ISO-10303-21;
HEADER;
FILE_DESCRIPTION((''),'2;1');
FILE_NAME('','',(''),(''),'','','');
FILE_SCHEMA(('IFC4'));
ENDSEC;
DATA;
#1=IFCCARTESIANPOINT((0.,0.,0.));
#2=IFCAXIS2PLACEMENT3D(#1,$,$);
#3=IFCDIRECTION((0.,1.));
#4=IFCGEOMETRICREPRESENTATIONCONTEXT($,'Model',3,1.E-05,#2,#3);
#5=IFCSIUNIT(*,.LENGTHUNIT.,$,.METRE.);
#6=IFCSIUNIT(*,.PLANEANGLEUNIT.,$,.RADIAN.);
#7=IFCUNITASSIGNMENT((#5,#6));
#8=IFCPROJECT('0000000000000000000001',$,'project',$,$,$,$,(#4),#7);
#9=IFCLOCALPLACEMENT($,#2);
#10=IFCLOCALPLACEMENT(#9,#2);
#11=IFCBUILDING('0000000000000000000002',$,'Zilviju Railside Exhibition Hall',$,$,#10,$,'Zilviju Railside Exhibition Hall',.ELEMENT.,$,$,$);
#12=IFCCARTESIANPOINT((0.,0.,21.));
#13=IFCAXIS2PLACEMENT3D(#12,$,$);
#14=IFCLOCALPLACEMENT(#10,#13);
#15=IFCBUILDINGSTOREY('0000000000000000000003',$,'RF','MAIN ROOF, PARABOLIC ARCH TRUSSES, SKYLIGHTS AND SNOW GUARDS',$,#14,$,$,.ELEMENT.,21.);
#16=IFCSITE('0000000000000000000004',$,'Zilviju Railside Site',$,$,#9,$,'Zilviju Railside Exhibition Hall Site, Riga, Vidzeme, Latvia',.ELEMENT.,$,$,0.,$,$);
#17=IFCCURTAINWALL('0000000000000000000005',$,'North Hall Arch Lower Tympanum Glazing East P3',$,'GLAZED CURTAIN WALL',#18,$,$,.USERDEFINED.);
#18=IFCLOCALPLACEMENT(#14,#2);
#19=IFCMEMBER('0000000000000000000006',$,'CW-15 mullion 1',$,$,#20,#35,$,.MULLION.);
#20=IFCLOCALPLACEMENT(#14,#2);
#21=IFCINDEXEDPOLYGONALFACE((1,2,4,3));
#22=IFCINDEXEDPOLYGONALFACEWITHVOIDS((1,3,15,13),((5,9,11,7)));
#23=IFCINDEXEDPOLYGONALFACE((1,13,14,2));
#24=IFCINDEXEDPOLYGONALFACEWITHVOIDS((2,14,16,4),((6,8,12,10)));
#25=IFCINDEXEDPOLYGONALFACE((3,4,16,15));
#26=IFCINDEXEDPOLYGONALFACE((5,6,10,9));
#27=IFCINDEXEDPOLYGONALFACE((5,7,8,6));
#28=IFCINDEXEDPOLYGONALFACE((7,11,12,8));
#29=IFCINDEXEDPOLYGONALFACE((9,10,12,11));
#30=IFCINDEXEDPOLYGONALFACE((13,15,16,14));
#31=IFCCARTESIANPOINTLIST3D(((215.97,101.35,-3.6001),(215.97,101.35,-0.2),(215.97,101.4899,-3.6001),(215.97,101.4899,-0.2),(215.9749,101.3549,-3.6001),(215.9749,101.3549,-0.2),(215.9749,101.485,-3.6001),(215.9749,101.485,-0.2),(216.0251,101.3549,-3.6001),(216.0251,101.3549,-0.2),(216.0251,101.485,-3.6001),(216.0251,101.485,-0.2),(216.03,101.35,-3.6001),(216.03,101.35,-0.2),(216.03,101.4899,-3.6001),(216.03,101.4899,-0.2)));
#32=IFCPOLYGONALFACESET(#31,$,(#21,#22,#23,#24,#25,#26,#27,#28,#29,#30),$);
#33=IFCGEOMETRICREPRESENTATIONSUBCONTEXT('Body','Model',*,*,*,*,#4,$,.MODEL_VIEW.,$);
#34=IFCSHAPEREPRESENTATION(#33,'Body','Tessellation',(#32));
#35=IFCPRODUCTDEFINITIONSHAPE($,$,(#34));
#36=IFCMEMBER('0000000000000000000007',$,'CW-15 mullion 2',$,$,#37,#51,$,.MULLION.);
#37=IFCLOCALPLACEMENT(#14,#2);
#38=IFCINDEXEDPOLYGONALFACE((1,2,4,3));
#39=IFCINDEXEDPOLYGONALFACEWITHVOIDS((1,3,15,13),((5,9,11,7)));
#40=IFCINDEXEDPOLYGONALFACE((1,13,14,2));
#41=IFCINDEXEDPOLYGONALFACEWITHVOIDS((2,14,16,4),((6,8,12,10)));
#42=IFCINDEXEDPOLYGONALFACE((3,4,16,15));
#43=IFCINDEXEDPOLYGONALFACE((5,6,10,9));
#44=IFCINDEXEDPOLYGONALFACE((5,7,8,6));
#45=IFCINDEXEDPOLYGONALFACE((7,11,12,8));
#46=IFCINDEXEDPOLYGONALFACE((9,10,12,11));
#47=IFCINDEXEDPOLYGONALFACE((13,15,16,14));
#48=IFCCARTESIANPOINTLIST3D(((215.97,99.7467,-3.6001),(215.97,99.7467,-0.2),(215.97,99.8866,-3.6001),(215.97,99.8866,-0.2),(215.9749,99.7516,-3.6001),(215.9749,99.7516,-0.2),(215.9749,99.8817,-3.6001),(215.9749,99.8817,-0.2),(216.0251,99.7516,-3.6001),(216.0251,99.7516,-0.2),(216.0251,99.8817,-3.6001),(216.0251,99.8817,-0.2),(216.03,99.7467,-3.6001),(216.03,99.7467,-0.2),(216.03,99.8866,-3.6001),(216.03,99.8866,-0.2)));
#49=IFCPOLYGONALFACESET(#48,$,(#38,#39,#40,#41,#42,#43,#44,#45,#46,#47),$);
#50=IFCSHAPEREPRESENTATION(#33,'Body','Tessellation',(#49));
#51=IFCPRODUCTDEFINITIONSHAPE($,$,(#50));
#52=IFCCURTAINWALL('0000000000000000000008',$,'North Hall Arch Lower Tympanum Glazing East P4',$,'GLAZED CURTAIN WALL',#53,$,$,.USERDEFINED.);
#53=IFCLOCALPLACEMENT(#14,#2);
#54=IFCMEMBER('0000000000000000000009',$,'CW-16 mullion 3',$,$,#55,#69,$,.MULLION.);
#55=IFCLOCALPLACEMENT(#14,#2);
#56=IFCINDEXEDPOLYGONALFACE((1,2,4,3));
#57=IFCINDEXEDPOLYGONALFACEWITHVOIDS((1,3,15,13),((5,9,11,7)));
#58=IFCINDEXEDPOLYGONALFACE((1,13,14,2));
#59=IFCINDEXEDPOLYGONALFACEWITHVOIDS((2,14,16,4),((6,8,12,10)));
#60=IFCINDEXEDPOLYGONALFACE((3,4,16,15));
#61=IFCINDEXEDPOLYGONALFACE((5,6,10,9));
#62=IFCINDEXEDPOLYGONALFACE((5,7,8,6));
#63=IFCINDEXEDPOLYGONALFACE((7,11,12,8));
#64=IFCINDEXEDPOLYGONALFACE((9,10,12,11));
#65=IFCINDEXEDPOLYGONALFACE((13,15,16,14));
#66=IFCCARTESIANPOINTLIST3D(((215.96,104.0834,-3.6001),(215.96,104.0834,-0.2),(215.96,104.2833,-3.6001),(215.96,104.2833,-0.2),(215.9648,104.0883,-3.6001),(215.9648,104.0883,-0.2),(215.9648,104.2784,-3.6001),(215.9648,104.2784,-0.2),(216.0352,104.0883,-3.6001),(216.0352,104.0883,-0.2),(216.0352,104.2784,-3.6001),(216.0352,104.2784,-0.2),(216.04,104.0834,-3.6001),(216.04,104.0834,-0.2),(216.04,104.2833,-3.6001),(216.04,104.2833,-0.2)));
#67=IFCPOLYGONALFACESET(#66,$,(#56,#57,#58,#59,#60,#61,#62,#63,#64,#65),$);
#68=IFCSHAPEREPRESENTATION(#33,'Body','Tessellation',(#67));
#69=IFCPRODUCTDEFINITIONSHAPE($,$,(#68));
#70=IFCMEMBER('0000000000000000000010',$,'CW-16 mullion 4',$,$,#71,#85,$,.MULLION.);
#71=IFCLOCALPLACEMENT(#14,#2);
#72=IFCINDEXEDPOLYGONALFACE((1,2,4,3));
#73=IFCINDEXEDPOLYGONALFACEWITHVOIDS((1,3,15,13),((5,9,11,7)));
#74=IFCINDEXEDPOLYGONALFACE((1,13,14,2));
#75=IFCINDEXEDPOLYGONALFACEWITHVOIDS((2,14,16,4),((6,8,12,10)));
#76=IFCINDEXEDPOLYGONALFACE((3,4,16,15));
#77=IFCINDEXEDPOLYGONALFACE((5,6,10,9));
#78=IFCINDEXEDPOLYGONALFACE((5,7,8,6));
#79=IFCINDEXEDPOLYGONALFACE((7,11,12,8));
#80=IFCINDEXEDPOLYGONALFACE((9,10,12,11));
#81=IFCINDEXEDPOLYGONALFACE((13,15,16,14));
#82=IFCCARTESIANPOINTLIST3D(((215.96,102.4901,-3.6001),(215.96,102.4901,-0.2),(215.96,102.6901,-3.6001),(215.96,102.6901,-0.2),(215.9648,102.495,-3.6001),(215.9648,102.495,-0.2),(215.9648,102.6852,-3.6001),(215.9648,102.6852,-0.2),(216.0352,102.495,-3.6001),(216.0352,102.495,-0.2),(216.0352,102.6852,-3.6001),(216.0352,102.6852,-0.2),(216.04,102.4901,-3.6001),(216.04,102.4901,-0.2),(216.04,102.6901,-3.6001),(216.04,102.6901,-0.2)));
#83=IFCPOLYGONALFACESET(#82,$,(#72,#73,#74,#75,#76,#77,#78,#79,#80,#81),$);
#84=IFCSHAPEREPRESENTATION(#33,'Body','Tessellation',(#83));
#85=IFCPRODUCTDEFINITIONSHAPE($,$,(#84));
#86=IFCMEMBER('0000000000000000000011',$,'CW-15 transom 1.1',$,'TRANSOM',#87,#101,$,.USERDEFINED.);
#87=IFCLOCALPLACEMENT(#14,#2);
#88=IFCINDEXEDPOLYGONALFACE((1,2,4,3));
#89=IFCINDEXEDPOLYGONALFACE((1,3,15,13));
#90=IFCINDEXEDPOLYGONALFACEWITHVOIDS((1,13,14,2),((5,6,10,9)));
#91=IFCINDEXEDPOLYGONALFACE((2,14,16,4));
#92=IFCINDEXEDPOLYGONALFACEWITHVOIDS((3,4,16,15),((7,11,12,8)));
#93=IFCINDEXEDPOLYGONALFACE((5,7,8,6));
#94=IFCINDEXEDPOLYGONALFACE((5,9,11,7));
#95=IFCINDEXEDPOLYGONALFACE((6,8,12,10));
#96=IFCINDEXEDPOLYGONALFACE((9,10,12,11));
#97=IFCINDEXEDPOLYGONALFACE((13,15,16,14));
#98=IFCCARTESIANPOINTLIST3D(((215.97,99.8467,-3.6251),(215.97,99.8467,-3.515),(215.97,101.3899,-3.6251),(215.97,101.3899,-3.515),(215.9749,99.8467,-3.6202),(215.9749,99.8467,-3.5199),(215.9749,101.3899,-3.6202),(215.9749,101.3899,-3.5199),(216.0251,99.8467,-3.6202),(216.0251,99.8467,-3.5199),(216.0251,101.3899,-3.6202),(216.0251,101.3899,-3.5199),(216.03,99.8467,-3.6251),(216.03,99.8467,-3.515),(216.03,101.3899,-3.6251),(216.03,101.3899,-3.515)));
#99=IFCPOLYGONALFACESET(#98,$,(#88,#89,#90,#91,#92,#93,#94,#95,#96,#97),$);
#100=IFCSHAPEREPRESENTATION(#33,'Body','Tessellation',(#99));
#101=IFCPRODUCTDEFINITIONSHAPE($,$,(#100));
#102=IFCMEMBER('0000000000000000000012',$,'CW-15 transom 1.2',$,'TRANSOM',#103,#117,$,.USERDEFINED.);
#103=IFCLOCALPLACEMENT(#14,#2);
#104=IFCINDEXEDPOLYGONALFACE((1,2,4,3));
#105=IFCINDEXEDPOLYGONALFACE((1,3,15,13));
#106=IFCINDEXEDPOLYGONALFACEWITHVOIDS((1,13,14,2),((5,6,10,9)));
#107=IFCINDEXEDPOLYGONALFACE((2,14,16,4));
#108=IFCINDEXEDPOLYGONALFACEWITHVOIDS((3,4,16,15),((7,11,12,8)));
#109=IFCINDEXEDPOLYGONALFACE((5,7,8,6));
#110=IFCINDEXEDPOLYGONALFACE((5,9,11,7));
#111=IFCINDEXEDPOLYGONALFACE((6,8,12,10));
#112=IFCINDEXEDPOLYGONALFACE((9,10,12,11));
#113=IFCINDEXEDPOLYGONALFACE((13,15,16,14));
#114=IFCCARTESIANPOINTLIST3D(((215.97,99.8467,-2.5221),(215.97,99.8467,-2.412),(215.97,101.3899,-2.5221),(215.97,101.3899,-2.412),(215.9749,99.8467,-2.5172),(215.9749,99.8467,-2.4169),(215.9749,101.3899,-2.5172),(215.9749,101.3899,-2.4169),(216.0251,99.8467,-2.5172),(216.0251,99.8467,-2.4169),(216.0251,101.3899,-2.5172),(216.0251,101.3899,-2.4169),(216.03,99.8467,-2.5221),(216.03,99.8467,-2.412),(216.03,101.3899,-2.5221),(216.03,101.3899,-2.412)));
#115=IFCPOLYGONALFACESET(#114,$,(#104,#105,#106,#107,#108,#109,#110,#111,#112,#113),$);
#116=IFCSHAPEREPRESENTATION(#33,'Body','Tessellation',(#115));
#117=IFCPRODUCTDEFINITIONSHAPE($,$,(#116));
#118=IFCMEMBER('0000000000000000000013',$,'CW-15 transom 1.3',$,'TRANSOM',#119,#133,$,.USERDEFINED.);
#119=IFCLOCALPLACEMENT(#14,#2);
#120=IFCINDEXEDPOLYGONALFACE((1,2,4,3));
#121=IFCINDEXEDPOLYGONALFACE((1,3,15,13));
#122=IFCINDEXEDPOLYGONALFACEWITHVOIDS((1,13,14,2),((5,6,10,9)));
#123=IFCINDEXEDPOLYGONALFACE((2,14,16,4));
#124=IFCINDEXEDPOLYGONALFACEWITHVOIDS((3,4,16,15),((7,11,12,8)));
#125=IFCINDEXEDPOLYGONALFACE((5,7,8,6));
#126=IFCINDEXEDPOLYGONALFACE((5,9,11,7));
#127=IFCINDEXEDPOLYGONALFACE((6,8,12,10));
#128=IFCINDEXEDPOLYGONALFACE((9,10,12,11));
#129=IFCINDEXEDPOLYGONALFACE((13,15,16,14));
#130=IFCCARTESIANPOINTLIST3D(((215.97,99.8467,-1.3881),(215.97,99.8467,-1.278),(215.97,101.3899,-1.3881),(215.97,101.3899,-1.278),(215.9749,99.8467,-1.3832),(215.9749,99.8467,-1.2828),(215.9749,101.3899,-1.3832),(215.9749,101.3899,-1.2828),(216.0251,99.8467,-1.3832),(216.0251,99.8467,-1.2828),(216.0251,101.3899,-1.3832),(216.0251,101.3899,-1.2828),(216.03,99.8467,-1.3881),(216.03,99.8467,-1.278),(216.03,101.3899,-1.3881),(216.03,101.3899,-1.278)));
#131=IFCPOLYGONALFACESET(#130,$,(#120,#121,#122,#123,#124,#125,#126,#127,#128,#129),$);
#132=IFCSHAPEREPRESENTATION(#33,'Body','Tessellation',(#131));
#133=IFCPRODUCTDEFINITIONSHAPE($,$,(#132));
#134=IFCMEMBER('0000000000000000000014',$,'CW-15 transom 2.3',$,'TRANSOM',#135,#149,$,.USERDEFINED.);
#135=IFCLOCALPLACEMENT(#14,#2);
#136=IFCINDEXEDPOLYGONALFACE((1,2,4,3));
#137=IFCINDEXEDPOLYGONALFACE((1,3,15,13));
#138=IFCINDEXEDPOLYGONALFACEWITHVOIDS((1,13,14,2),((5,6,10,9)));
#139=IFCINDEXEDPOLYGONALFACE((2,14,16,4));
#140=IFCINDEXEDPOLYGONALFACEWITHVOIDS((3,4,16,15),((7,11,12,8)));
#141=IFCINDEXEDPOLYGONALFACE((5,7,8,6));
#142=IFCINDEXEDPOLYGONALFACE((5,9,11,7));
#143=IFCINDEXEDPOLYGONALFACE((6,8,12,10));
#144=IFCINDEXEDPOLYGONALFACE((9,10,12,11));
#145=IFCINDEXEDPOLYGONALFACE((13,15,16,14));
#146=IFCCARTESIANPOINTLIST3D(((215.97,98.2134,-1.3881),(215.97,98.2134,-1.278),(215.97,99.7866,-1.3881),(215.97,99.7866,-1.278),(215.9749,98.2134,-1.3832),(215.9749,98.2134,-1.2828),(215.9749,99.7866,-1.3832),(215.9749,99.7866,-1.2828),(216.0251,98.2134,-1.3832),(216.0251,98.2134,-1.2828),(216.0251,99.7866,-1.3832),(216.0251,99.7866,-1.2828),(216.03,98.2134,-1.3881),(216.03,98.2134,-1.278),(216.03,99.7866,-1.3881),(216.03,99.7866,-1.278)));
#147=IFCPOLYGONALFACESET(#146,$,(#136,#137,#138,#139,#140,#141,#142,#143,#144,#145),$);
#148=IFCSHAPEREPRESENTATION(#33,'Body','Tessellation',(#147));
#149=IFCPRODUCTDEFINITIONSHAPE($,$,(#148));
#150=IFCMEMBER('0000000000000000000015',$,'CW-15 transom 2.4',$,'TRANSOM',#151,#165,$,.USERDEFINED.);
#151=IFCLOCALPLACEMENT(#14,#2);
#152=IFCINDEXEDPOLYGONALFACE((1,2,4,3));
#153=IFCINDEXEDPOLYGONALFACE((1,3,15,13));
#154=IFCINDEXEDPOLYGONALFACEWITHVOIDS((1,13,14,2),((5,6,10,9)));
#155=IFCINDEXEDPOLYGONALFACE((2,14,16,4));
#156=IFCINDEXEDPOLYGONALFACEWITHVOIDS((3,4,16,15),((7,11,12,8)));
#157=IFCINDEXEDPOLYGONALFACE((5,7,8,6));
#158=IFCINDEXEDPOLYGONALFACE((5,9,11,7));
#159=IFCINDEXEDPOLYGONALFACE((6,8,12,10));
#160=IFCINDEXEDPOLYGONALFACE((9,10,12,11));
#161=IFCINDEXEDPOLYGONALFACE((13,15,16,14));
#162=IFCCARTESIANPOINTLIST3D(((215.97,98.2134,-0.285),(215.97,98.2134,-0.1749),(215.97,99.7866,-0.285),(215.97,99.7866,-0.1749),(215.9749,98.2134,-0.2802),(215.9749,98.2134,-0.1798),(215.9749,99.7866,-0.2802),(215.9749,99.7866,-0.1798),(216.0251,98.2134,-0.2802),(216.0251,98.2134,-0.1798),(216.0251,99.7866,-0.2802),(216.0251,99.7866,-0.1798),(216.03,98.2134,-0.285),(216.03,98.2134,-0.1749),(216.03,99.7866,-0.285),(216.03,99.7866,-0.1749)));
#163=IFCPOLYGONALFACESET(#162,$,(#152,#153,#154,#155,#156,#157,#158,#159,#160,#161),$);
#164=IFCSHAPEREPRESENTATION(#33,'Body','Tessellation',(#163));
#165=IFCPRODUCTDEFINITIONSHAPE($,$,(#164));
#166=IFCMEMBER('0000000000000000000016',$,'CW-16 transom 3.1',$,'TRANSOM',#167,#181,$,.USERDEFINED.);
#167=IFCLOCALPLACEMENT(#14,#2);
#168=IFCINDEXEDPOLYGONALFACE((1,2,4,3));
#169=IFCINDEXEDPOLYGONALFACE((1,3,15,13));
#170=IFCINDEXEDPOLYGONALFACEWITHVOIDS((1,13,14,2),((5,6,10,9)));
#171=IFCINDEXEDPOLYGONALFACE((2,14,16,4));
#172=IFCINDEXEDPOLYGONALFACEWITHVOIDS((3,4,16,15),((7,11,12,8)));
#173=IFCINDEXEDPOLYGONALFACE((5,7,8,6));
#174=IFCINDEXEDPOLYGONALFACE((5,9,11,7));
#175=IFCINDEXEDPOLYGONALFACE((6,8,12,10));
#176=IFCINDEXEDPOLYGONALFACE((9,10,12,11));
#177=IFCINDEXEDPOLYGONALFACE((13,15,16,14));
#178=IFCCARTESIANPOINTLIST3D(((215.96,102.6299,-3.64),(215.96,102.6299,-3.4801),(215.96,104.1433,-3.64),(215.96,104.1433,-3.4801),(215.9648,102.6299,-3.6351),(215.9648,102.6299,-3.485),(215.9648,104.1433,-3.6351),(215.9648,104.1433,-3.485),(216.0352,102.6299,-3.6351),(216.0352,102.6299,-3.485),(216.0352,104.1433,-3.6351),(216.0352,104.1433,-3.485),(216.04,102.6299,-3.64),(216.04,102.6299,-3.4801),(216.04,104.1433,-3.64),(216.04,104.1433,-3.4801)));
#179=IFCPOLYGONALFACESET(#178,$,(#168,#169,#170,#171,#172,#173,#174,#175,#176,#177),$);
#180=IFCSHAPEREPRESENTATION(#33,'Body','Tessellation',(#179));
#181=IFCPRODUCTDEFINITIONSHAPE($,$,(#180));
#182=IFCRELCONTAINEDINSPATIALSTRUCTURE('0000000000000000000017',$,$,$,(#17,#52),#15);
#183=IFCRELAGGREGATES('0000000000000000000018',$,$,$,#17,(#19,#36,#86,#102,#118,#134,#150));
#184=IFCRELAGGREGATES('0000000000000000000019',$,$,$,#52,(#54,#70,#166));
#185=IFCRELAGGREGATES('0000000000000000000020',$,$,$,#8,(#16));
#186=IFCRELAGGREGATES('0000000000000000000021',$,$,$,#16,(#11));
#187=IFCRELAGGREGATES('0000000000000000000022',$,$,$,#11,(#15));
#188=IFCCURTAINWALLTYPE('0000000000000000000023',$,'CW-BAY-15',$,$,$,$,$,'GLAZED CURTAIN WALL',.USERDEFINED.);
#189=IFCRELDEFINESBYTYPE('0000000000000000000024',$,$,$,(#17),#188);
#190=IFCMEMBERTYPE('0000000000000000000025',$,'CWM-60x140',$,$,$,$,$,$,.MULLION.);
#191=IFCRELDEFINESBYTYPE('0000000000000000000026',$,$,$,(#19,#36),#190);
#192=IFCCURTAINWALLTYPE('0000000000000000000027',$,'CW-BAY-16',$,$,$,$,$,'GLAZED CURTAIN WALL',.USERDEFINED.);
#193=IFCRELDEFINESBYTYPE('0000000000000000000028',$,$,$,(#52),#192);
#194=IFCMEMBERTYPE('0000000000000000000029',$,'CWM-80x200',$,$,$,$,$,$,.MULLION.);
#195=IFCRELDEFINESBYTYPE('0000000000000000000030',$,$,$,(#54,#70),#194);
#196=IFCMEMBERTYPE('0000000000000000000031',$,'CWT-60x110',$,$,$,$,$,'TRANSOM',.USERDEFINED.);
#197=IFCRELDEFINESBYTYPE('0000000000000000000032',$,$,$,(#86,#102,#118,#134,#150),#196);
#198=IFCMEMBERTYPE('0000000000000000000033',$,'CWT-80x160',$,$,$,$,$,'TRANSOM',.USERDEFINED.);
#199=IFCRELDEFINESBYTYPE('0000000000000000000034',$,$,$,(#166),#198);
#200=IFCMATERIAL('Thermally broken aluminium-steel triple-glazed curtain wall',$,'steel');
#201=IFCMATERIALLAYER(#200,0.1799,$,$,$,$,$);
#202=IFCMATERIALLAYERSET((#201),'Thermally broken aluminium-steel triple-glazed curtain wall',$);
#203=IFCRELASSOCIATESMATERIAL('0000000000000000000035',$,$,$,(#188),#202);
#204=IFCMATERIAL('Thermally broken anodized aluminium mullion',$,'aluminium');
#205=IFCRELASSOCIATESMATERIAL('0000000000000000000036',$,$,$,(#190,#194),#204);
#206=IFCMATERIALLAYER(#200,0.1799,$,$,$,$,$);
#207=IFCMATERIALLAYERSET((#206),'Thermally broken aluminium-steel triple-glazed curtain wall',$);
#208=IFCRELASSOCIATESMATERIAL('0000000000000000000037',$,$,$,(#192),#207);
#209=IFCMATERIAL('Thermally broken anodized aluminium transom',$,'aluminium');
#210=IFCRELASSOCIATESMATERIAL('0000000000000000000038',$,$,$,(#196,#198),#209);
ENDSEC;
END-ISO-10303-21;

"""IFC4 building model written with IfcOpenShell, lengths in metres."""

from ifc_helpers import new_model, si_unit, direction, frame, origin, origin_2d, place, context, subcontext, project, spatial, hollow_rectangle, extrude, material, layer, layer_set, material_profile, profile_set, type_object, element, aggregate, save


model = new_model("IFC4")

# Units and contexts
model_context = context("Model", 3, precision=1e-05, world=origin(), true_north=direction((0.0, 1.0)))
body_context = subcontext(model_context, "Body", "Model", "MODEL_VIEW")
ifc_project = project(units=[si_unit("LENGTHUNIT", "METRE"), si_unit("PLANEANGLEUNIT", "RADIAN")], contexts=[model_context])

# Site, building, storey
site_placement = place(None, origin())
site = spatial("IfcSite", under=ifc_project, at=site_placement, Name="Zilviju Railside Site", LongName="Zilviju Railside Exhibition Hall Site, Riga, Vidzeme, Latvia", CompositionType="ELEMENT", RefElevation=0.0)
building_placement = place(site_placement, origin())
building = spatial("IfcBuilding", under=site, at=building_placement, Name="Zilviju Railside Exhibition Hall", LongName="Zilviju Railside Exhibition Hall", CompositionType="ELEMENT")
storey_placement = place(building_placement, frame((0.0, 0.0, 21.0)))
storey = spatial("IfcBuildingStorey", under=building, at=storey_placement, Name="RF", Description="MAIN ROOF, PARABOLIC ARCH TRUSSES, SKYLIGHTS AND SNOW GUARDS", CompositionType="ELEMENT", Elevation=21.0)

# Curtain walls, members
ifc_material_1 = material(Name="Thermally broken aluminium-steel triple-glazed curtain wall", Category="steel")
ifc_layer_1 = layer(ifc_material_1, 0.1799)
ifc_layer_set_1 = layer_set([ifc_layer_1], Name="Thermally broken aluminium-steel triple-glazed curtain wall")
curtain_wall_type_1 = type_object("IfcCurtainWallType", Name="CW-BAY-15", ElementType="GLAZED CURTAIN WALL", PredefinedType="USERDEFINED", material=ifc_layer_set_1)
curtain_wall_1_placement = place(storey_placement, origin())
curtain_wall_1 = element("IfcCurtainWall", 1, at=curtain_wall_1_placement, inside=storey, type_object=curtain_wall_type_1, Name="North Hall Arch Lower Tympanum Glazing East P3", ObjectType="GLAZED CURTAIN WALL", PredefinedType="USERDEFINED")
ifc_material_2 = material(Name="Thermally broken anodized aluminium mullion", Category="aluminium")
ifc_material_profile_1 = material_profile(ifc_material_2, hollow_rectangle(XDim=0.0601, YDim=0.1399, WallThickness=0.0049, at=origin_2d()), Name="MULLION 140x60x5")
ifc_profile_set_1 = profile_set([ifc_material_profile_1], Name="Thermally broken anodized aluminium mullion")
member_type_1 = type_object("IfcMemberType", Name="CWM-60x140", PredefinedType="MULLION", material=ifc_profile_set_1)
member_1_placement = place(storey_placement, frame((216.0, 101.4199, -3.6001), z_axis=(0.0, 0.0, 1.0), x_axis=(1.0, 0.0, 0.0)))
member_1 = element("IfcMember", 2, at=member_1_placement, type_object=member_type_1, Name="CW-15 mullion 1", PredefinedType="MULLION", context=body_context, shape_type="SweptSolid", body=[
    extrude(hollow_rectangle(XDim=0.0601, YDim=0.1399, WallThickness=0.0049, at=origin_2d()), origin(), (0.0, 0.0, 1.0), 3.4001),
])
member_2_placement = place(storey_placement, frame((216.0, 99.8167, -3.6001), z_axis=(0.0, 0.0, 1.0), x_axis=(1.0, 0.0, 0.0)))
member_2 = element("IfcMember", 3, at=member_2_placement, type_object=member_type_1, Name="CW-15 mullion 2", PredefinedType="MULLION", context=body_context, shape_type="SweptSolid", body=[
    extrude(hollow_rectangle(XDim=0.0601, YDim=0.1399, WallThickness=0.0049, at=origin_2d()), origin(), (0.0, 0.0, 1.0), 3.4001),
])
ifc_layer_2 = layer(ifc_material_1, 0.1799)
ifc_layer_set_2 = layer_set([ifc_layer_2], Name="Thermally broken aluminium-steel triple-glazed curtain wall")
curtain_wall_type_2 = type_object("IfcCurtainWallType", Name="CW-BAY-16", ElementType="GLAZED CURTAIN WALL", PredefinedType="USERDEFINED", material=ifc_layer_set_2)
curtain_wall_2_placement = place(storey_placement, origin())
curtain_wall_2 = element("IfcCurtainWall", 4, at=curtain_wall_2_placement, inside=storey, type_object=curtain_wall_type_2, Name="North Hall Arch Lower Tympanum Glazing East P4", ObjectType="GLAZED CURTAIN WALL", PredefinedType="USERDEFINED")
ifc_material_profile_2 = material_profile(ifc_material_2, hollow_rectangle(XDim=0.0801, YDim=0.2, WallThickness=0.0049, at=origin_2d()), Name="MULLION 200x80x5")
ifc_profile_set_2 = profile_set([ifc_material_profile_2], Name="Thermally broken anodized aluminium mullion")
member_type_2 = type_object("IfcMemberType", Name="CWM-80x200", PredefinedType="MULLION", material=ifc_profile_set_2)
member_3_placement = place(storey_placement, frame((216.0, 104.1833, -3.6001), z_axis=(0.0, 0.0, 1.0), x_axis=(1.0, 0.0, 0.0)))
member_3 = element("IfcMember", 5, at=member_3_placement, type_object=member_type_2, Name="CW-16 mullion 3", PredefinedType="MULLION", context=body_context, shape_type="SweptSolid", body=[
    extrude(hollow_rectangle(XDim=0.0801, YDim=0.2, WallThickness=0.0049, at=origin_2d()), origin(), (0.0, 0.0, 1.0), 3.4001),
])
member_4_placement = place(storey_placement, frame((216.0, 102.5901, -3.6001), z_axis=(0.0, 0.0, 1.0), x_axis=(1.0, 0.0, 0.0)))
member_4 = element("IfcMember", 6, at=member_4_placement, type_object=member_type_2, Name="CW-16 mullion 4", PredefinedType="MULLION", context=body_context, shape_type="SweptSolid", body=[
    extrude(hollow_rectangle(XDim=0.0801, YDim=0.2, WallThickness=0.0049, at=origin_2d()), origin(), (0.0, 0.0, 1.0), 3.4001),
])

# Members
ifc_material_3 = material(Name="Thermally broken anodized aluminium transom", Category="aluminium")
ifc_material_profile_3 = material_profile(ifc_material_3, hollow_rectangle(XDim=0.0601, YDim=0.1101, WallThickness=0.0049, at=origin_2d()), Name="TRANSOM 110x60x5")
ifc_profile_set_3 = profile_set([ifc_material_profile_3], Name="Thermally broken anodized aluminium transom")
member_type_3 = type_object("IfcMemberType", Name="CWT-60x110", ElementType="TRANSOM", PredefinedType="USERDEFINED", material=ifc_profile_set_3)
member_5_placement = place(storey_placement, frame((216.0, 101.3899, -3.5701), z_axis=(0.0, -1.0, 0.0), x_axis=(1.0, 0.0, 0.0)))
member_5 = element("IfcMember", 7, at=member_5_placement, type_object=member_type_3, Name="CW-15 transom 1.1", ObjectType="TRANSOM", PredefinedType="USERDEFINED", context=body_context, shape_type="SweptSolid", body=[
    extrude(hollow_rectangle(XDim=0.0601, YDim=0.1101, WallThickness=0.0049, at=origin_2d()), origin(), (0.0, 0.0, 1.0), 1.5432),
])
member_6_placement = place(storey_placement, frame((216.0, 101.3899, -2.467), z_axis=(0.0, -1.0, 0.0), x_axis=(1.0, 0.0, 0.0)))
member_6 = element("IfcMember", 8, at=member_6_placement, type_object=member_type_3, Name="CW-15 transom 1.2", ObjectType="TRANSOM", PredefinedType="USERDEFINED", context=body_context, shape_type="SweptSolid", body=[
    extrude(hollow_rectangle(XDim=0.0601, YDim=0.1101, WallThickness=0.0049, at=origin_2d()), origin(), (0.0, 0.0, 1.0), 1.5432),
])
member_7_placement = place(storey_placement, frame((216.0, 101.3899, -1.333), z_axis=(0.0, -1.0, 0.0), x_axis=(1.0, 0.0, 0.0)))
member_7 = element("IfcMember", 9, at=member_7_placement, type_object=member_type_3, Name="CW-15 transom 1.3", ObjectType="TRANSOM", PredefinedType="USERDEFINED", context=body_context, shape_type="SweptSolid", body=[
    extrude(hollow_rectangle(XDim=0.0601, YDim=0.1101, WallThickness=0.0049, at=origin_2d()), origin(), (0.0, 0.0, 1.0), 1.5432),
])
member_8_placement = place(storey_placement, frame((216.0, 99.7866, -1.333), z_axis=(0.0, -1.0, 0.0), x_axis=(1.0, 0.0, 0.0)))
member_8 = element("IfcMember", 10, at=member_8_placement, type_object=member_type_3, Name="CW-15 transom 2.3", ObjectType="TRANSOM", PredefinedType="USERDEFINED", context=body_context, shape_type="SweptSolid", body=[
    extrude(hollow_rectangle(XDim=0.0601, YDim=0.1101, WallThickness=0.0049, at=origin_2d()), origin(), (0.0, 0.0, 1.0), 1.5732),
])
member_9_placement = place(storey_placement, frame((216.0, 99.7866, -0.23), z_axis=(0.0, -1.0, 0.0), x_axis=(1.0, 0.0, 0.0)))
member_9 = element("IfcMember", 11, at=member_9_placement, type_object=member_type_3, Name="CW-15 transom 2.4", ObjectType="TRANSOM", PredefinedType="USERDEFINED", context=body_context, shape_type="SweptSolid", body=[
    extrude(hollow_rectangle(XDim=0.0601, YDim=0.1101, WallThickness=0.0049, at=origin_2d()), origin(), (0.0, 0.0, 1.0), 1.5732),
])
ifc_material_profile_4 = material_profile(ifc_material_3, hollow_rectangle(XDim=0.0801, YDim=0.1599, WallThickness=0.0049, at=origin_2d()), Name="TRANSOM 160x80x5")
ifc_profile_set_4 = profile_set([ifc_material_profile_4], Name="Thermally broken anodized aluminium transom")
member_type_4 = type_object("IfcMemberType", Name="CWT-80x160", ElementType="TRANSOM", PredefinedType="USERDEFINED", material=ifc_profile_set_4)
member_10_placement = place(storey_placement, frame((216.0, 104.1433, -3.5601), z_axis=(0.0, -1.0, 0.0), x_axis=(1.0, 0.0, 0.0)))
member_10 = element("IfcMember", 12, at=member_10_placement, type_object=member_type_4, Name="CW-16 transom 3.1", ObjectType="TRANSOM", PredefinedType="USERDEFINED", context=body_context, shape_type="SweptSolid", body=[
    extrude(hollow_rectangle(XDim=0.0801, YDim=0.1599, WallThickness=0.0049, at=origin_2d()), origin(), (0.0, 0.0, 1.0), 1.5134),
])

aggregate(curtain_wall_1, [member_1, member_2, member_5, member_6, member_7, member_8, member_9])
aggregate(curtain_wall_2, [member_3, member_4, member_10])

save(model, "model.ifc")
